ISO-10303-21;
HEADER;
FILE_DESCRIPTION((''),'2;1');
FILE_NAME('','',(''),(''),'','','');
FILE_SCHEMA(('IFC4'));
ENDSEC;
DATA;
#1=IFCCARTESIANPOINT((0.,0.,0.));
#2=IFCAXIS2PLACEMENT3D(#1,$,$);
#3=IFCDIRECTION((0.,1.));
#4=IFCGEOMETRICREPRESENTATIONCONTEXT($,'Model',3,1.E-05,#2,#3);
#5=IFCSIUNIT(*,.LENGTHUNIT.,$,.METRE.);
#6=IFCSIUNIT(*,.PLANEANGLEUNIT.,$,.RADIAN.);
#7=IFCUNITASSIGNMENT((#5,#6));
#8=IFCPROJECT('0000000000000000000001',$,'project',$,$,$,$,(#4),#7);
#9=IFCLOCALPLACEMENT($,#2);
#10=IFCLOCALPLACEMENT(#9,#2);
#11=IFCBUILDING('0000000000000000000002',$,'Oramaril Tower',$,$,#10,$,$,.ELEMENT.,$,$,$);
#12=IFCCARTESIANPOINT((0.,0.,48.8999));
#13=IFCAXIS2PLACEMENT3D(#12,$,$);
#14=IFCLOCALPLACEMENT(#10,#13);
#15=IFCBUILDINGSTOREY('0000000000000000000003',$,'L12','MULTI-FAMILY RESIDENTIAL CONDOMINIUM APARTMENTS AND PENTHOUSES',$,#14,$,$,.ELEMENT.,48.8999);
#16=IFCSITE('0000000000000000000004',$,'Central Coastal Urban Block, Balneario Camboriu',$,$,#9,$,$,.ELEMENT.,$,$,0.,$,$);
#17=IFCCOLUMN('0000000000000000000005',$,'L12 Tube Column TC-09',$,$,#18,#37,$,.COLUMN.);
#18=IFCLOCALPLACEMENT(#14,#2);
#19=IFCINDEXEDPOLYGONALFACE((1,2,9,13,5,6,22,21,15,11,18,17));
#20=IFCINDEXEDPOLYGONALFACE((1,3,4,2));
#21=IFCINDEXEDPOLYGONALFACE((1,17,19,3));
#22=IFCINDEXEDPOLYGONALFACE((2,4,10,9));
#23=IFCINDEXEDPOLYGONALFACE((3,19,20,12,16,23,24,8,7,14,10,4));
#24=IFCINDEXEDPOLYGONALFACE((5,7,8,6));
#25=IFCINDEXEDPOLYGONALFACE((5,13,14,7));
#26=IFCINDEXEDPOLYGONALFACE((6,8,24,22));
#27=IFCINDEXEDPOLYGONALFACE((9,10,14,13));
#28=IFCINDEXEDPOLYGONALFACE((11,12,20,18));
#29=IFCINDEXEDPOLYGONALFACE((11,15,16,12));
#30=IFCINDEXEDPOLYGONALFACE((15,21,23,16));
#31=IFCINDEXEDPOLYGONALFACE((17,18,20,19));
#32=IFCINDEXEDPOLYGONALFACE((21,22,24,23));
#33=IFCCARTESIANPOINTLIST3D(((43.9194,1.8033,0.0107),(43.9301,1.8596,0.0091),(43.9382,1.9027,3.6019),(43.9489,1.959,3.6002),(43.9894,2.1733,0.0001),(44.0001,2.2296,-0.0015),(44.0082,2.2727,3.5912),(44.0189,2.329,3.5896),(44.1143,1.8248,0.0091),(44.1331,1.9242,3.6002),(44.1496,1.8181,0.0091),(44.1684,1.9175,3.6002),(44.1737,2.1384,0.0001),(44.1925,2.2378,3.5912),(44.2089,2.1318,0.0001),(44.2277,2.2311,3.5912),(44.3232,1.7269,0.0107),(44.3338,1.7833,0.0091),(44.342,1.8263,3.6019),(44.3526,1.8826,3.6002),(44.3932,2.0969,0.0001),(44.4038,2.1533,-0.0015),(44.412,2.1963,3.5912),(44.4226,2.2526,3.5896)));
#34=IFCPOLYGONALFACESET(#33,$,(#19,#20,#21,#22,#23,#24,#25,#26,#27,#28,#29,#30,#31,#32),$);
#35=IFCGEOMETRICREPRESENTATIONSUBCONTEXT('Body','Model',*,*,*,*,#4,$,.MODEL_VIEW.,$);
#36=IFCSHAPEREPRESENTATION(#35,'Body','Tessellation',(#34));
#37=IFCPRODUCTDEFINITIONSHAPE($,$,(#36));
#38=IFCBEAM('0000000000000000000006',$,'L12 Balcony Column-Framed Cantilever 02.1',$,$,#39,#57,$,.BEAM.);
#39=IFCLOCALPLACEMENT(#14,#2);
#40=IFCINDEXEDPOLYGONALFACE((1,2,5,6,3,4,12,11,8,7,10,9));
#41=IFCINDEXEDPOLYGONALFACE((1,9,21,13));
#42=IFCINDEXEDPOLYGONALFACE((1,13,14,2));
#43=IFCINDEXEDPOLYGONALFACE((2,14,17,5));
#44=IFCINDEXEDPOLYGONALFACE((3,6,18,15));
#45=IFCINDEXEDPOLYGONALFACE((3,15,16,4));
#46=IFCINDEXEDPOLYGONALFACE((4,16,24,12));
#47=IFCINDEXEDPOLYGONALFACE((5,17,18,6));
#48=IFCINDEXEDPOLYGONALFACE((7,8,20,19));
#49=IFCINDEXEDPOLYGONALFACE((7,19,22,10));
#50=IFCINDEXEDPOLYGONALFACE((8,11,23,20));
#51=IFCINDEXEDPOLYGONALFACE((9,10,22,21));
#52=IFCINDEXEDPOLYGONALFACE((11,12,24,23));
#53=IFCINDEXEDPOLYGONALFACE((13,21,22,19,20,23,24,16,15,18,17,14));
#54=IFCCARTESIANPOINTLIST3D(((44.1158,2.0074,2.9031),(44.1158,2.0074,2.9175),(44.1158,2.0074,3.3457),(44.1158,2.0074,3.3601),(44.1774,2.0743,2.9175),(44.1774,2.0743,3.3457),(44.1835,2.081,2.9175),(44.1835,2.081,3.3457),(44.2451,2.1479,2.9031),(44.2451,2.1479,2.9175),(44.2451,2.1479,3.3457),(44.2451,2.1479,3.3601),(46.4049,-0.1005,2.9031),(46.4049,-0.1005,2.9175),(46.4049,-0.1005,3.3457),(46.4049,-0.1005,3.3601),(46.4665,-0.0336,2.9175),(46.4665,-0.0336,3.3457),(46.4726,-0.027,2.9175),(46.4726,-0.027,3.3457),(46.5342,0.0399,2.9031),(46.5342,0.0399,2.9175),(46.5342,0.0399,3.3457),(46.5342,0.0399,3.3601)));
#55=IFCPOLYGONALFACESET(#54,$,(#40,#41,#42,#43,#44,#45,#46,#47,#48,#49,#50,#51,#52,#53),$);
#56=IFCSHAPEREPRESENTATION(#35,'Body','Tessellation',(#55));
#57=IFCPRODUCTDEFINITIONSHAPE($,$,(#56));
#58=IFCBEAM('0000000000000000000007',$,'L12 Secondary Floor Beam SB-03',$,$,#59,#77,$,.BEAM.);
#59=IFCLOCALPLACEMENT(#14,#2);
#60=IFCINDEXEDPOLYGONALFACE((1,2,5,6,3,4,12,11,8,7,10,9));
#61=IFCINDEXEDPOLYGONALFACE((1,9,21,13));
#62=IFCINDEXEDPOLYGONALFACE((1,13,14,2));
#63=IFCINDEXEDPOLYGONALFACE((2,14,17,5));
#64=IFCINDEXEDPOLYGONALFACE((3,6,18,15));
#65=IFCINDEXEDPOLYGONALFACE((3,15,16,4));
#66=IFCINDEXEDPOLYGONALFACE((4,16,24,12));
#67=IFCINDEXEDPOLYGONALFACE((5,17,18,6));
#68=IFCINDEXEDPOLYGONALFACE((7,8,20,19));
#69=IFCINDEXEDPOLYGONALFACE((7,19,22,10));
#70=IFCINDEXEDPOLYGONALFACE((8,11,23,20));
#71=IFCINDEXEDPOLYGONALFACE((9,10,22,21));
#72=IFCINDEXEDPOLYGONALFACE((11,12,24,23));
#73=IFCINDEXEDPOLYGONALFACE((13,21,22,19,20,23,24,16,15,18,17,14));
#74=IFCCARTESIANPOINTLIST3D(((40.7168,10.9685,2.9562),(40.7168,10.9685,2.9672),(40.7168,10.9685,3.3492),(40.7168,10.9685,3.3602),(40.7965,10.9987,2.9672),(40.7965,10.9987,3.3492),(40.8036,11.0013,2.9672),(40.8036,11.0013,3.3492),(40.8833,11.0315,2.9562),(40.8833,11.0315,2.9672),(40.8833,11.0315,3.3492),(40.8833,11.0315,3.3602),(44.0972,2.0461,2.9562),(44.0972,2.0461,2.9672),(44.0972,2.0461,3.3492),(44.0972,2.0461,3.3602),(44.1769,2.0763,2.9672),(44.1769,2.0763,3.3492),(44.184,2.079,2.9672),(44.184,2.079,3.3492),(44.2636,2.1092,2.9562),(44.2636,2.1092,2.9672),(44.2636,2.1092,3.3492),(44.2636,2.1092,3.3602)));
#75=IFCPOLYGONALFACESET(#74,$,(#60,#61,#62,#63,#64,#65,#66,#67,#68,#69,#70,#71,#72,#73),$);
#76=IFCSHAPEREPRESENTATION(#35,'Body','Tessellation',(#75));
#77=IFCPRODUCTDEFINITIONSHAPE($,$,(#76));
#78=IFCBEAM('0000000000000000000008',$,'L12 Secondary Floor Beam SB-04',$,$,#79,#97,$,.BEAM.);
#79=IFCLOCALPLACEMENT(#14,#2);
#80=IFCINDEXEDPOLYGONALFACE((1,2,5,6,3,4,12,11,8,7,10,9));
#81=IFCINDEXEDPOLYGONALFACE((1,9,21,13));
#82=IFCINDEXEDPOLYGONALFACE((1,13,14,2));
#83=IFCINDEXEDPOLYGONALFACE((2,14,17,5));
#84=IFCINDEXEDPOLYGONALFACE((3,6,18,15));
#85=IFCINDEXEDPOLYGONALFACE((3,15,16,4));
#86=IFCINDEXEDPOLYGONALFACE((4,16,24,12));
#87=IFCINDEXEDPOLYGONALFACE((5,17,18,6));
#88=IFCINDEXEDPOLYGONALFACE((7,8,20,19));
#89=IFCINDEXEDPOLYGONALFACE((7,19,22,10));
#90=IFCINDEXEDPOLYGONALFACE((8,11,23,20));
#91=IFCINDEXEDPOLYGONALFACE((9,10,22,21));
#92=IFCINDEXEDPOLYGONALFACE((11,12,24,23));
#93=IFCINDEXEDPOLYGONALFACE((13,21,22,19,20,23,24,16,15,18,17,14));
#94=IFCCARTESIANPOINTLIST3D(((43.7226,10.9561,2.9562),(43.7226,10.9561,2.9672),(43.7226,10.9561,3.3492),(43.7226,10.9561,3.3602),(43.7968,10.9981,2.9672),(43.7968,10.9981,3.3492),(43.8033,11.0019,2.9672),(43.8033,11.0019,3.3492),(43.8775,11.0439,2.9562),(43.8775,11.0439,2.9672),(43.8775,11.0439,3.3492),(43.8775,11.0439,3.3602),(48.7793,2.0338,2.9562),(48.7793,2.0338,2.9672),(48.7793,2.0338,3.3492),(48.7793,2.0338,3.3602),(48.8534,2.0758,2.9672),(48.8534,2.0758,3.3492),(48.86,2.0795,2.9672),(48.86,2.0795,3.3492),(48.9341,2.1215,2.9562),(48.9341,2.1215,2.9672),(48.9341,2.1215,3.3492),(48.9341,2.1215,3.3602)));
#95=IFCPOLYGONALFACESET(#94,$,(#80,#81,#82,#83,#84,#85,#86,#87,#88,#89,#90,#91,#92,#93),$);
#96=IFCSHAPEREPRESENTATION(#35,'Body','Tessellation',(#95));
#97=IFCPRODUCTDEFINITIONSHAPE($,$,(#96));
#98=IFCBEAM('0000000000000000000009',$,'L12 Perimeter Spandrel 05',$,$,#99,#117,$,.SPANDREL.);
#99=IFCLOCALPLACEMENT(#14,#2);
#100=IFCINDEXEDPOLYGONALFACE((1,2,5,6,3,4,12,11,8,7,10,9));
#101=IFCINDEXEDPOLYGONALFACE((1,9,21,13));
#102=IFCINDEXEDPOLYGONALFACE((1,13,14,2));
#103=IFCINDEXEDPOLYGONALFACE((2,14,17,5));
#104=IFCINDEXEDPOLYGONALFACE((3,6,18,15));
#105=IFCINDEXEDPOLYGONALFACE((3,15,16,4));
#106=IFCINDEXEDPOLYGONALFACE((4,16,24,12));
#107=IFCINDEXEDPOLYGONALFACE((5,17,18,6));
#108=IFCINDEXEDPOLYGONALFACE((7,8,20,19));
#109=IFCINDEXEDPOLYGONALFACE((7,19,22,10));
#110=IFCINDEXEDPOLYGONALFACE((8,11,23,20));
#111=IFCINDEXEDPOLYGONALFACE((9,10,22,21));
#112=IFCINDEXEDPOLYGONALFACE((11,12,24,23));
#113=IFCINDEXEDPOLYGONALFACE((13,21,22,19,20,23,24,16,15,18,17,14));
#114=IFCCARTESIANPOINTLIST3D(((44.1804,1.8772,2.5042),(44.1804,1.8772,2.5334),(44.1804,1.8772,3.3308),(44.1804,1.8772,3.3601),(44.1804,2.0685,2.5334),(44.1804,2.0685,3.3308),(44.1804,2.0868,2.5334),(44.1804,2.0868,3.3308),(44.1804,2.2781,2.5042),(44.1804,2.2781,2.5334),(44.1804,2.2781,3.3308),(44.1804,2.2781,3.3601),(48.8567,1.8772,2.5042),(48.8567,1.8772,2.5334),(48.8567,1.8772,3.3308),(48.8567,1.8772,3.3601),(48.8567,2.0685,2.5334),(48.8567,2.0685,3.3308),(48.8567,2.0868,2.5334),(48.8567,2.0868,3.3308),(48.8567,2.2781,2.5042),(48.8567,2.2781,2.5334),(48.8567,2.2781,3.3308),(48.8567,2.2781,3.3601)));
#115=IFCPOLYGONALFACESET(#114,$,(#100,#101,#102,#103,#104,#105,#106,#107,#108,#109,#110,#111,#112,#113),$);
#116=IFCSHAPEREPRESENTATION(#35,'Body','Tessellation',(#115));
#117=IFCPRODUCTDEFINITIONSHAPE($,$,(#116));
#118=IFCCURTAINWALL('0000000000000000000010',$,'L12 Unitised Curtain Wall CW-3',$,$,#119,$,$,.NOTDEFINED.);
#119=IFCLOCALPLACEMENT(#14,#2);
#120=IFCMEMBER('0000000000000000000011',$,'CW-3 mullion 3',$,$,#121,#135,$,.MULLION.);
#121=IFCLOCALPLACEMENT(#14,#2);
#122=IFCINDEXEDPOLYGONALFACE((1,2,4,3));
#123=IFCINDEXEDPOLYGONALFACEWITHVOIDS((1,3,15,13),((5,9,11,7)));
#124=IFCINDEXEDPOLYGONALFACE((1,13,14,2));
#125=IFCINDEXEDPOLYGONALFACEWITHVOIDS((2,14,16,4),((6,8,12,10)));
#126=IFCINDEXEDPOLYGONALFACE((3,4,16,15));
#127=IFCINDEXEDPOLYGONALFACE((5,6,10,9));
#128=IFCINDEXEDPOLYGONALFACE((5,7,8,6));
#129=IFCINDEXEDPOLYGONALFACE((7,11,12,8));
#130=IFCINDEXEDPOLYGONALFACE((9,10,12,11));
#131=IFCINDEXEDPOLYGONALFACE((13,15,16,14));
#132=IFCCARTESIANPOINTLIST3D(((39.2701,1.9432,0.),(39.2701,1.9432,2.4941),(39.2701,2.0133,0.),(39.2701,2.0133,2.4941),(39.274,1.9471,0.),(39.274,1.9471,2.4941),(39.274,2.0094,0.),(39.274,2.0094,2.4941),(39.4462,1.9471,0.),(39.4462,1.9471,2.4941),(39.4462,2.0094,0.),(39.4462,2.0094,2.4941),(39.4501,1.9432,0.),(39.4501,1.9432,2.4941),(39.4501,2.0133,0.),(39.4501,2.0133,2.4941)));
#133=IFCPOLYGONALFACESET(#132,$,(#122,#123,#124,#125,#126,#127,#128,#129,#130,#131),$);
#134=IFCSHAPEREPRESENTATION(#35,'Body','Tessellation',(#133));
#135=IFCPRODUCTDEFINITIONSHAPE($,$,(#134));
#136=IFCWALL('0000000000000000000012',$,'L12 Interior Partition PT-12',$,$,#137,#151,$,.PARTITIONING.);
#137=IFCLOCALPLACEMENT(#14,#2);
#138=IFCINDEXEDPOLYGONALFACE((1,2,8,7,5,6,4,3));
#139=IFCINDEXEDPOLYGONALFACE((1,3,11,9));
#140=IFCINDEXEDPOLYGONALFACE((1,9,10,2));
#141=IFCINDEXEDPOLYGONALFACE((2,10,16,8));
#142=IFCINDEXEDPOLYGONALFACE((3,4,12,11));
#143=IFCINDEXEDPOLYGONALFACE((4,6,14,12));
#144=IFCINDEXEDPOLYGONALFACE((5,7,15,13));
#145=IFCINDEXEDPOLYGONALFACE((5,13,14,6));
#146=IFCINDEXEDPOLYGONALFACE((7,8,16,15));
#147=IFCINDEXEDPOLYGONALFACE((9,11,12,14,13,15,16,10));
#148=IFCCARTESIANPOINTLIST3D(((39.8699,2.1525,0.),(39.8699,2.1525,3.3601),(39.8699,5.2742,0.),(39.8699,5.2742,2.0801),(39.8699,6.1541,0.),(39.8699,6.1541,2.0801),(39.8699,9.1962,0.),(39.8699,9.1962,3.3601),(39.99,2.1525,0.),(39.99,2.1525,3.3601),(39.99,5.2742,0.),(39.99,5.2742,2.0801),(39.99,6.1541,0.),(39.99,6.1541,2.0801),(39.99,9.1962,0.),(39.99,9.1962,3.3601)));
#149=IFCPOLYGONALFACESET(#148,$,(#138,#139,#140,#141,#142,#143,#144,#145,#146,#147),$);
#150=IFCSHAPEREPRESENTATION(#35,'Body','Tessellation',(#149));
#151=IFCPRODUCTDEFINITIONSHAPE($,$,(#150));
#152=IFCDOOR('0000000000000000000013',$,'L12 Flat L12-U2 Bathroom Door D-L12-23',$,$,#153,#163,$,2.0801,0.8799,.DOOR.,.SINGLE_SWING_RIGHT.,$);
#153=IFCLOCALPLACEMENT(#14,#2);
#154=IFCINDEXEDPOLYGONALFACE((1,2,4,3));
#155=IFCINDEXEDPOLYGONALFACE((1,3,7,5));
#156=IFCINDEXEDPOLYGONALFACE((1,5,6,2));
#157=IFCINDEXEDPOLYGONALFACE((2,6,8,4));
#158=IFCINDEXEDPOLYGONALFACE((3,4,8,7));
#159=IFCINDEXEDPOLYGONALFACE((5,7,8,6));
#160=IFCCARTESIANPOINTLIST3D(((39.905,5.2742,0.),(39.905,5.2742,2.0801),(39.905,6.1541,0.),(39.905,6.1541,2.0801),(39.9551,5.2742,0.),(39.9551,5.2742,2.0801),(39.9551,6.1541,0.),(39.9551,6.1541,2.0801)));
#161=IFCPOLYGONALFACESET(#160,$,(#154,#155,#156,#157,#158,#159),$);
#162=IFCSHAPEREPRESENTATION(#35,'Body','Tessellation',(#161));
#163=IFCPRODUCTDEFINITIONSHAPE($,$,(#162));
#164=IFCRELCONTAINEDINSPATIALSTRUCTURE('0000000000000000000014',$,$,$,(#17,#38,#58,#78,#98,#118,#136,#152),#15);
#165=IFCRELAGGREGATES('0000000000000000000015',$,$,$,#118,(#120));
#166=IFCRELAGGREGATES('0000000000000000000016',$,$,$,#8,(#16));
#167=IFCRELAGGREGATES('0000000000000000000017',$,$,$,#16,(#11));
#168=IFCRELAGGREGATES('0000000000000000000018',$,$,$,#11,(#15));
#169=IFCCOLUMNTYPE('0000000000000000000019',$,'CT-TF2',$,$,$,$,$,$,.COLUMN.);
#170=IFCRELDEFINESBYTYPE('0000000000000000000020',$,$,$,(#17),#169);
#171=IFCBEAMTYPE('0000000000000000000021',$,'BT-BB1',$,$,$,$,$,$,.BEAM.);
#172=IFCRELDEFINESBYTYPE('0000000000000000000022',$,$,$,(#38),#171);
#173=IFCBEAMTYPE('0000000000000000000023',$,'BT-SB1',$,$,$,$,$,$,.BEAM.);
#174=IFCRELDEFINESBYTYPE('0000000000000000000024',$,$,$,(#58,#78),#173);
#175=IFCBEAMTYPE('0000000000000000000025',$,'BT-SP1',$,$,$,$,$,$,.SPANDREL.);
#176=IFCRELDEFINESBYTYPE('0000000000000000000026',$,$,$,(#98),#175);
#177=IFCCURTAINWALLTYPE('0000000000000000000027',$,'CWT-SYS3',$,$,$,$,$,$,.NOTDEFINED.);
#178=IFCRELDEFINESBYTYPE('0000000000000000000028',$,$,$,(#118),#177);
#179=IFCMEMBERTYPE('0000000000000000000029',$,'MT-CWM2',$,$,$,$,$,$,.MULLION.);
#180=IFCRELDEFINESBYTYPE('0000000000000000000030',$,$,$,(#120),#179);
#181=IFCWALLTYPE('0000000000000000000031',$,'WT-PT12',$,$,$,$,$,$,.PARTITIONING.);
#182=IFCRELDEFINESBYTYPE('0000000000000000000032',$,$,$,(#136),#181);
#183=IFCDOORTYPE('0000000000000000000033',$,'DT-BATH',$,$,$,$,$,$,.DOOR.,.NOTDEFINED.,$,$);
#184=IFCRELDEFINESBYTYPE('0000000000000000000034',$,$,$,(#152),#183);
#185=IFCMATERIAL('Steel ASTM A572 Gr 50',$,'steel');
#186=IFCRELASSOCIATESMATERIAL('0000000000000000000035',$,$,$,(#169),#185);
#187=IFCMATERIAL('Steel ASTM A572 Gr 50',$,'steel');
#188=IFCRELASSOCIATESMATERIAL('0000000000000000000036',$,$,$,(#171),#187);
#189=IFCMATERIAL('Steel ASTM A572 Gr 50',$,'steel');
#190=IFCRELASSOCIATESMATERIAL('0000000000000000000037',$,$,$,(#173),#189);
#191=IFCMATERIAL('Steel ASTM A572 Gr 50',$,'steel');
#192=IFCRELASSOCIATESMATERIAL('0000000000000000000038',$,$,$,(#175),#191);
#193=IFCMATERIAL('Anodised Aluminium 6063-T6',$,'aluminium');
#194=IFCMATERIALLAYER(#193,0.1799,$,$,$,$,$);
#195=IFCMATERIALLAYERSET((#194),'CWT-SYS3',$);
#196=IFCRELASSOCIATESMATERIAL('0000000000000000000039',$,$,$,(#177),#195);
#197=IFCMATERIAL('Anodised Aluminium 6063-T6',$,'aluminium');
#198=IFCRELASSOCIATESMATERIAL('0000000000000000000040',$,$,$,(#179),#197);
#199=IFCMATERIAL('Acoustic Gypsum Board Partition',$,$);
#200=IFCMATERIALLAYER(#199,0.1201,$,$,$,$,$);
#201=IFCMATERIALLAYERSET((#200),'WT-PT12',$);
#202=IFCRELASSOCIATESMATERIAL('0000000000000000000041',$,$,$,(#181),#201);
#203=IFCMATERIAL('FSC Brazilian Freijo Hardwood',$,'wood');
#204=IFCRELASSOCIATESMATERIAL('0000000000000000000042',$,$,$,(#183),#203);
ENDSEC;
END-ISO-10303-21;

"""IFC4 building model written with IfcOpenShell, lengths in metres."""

from ifc_helpers import new_model, si_unit, direction, frame, frame_2d, origin, origin_2d, place, context, subcontext, project, spatial, rectangle, hollow_rectangle, i_section, extrude, material, layer, layer_set, material_profile, profile_set, type_object, element, fill, aggregate, save


model = new_model("IFC4")

# Units and contexts
model_context = context("Model", 3, precision=1e-05, world=origin(), true_north=direction((0.0, 1.0)))
body_context = subcontext(model_context, "Body", "Model", "MODEL_VIEW")
ifc_project = project(units=[si_unit("LENGTHUNIT", "METRE"), si_unit("PLANEANGLEUNIT", "RADIAN")], contexts=[model_context])

# Site, building, storey
site_placement = place(None, origin())
site = spatial("IfcSite", under=ifc_project, at=site_placement, Name="Central Coastal Urban Block, Balneario Camboriu", CompositionType="ELEMENT", RefElevation=0.0)
building_placement = place(site_placement, origin())
building = spatial("IfcBuilding", under=site, at=building_placement, Name="Oramaril Tower", CompositionType="ELEMENT")
storey_placement = place(building_placement, frame((0.0, 0.0, 48.8999)))
storey = spatial("IfcBuildingStorey", under=building, at=storey_placement, Name="L12", Description="MULTI-FAMILY RESIDENTIAL CONDOMINIUM APARTMENTS AND PENTHOUSES", CompositionType="ELEMENT", Elevation=48.8999)

# Column
ifc_material_1 = material(Name="Steel ASTM A572 Gr 50", Category="steel")
ifc_material_profile_1 = material_profile(ifc_material_1, i_section(OverallWidth=0.4109, OverallDepth=0.4341, WebThickness=0.0359, FlangeThickness=0.0574, at=origin_2d()), Name="W14X311")
ifc_profile_set_1 = profile_set([ifc_material_profile_1], Name="Steel ASTM A572 Gr 50")
column_type = type_object("IfcColumnType", Name="CT-TF2", PredefinedType="COLUMN", material=ifc_profile_set_1)
column_placement = place(storey_placement, frame((44.1616, 1.9783, 0.0046), z_axis=(0.005233, 0.027659, 0.999604), x_axis=(-0.98257, 0.185892, 0.0)))
element("IfcColumn", 1, at=column_placement, inside=storey, type_object=column_type, Name="L12 Tube Column TC-09", PredefinedType="COLUMN", context=body_context, shape_type="SweptSolid", body=[
    extrude(i_section(OverallWidth=0.4109, OverallDepth=0.4341, WebThickness=0.0359, FlangeThickness=0.0574, at=origin_2d()), origin(), (0.0, 0.0, 1.0), 3.5925),
])

# Beams
ifc_material_2 = material(Name="Steel ASTM A572 Gr 50", Category="steel")
ifc_material_profile_2 = material_profile(ifc_material_2, i_section(OverallWidth=0.1909, OverallDepth=0.457, WebThickness=0.009, FlangeThickness=0.0144, at=origin_2d()), Name="W18X50")
ifc_profile_set_2 = profile_set([ifc_material_profile_2], Name="Steel ASTM A572 Gr 50")
beam_type_1 = type_object("IfcBeamType", Name="BT-BB1", PredefinedType="BEAM", material=ifc_profile_set_2)
beam_1_placement = place(storey_placement, frame((44.1804, 2.0776, 3.1316), z_axis=(0.735615, -0.6774, 0.0), x_axis=(0.6774, 0.735615, 0.0)))
element("IfcBeam", 2, at=beam_1_placement, inside=storey, type_object=beam_type_1, Name="L12 Balcony Column-Framed Cantilever 02.1", PredefinedType="BEAM", context=body_context, shape_type="SweptSolid", body=[
    extrude(i_section(OverallWidth=0.1909, OverallDepth=0.457, WebThickness=0.009, FlangeThickness=0.0144, at=origin_2d()), origin(), (0.0, 0.0, 1.0), 3.1118),
])
ifc_material_3 = material(Name="Steel ASTM A572 Gr 50", Category="steel")
ifc_material_profile_3 = material_profile(ifc_material_3, i_section(OverallWidth=0.178, OverallDepth=0.4041, WebThickness=0.0076, FlangeThickness=0.011, at=origin_2d()), Name="W16X36")
ifc_profile_set_3 = profile_set([ifc_material_profile_3], Name="Steel ASTM A572 Gr 50")
beam_type_2 = type_object("IfcBeamType", Name="BT-SB1", PredefinedType="BEAM", material=ifc_profile_set_3)
beam_2_placement = place(storey_placement, frame((40.8, 11.0, 3.1582), z_axis=(0.35429, -0.935136, 0.0), x_axis=(0.935136, 0.35429, 0.0)))
element("IfcBeam", 3, at=beam_2_placement, inside=storey, type_object=beam_type_2, Name="L12 Secondary Floor Beam SB-03", PredefinedType="BEAM", context=body_context, shape_type="SweptSolid", body=[
    extrude(i_section(OverallWidth=0.178, OverallDepth=0.4041, WebThickness=0.0076, FlangeThickness=0.011, at=origin_2d()), origin(), (0.0, 0.0, 1.0), 9.5413),
])
beam_3_placement = place(storey_placement, frame((43.8, 11.0, 3.1582), z_axis=(0.493059, -0.869996, 0.0), x_axis=(0.869996, 0.493059, 0.0)))
element("IfcBeam", 4, at=beam_3_placement, inside=storey, type_object=beam_type_2, Name="L12 Secondary Floor Beam SB-04", PredefinedType="BEAM", context=body_context, shape_type="SweptSolid", body=[
    extrude(i_section(OverallWidth=0.178, OverallDepth=0.4041, WebThickness=0.0076, FlangeThickness=0.011, at=origin_2d()), origin(), (0.0, 0.0, 1.0), 10.2556),
])
ifc_material_4 = material(Name="Steel ASTM A572 Gr 50", Category="steel")
ifc_material_profile_4 = material_profile(ifc_material_4, i_section(OverallWidth=0.4009, OverallDepth=0.856, WebThickness=0.0183, FlangeThickness=0.0293, at=origin_2d()), Name="W33X201")
ifc_profile_set_4 = profile_set([ifc_material_profile_4], Name="Steel ASTM A572 Gr 50")
beam_type_3 = type_object("IfcBeamType", Name="BT-SP1", PredefinedType="SPANDREL", material=ifc_profile_set_4)
beam_4_placement = place(storey_placement, frame((44.1804, 2.0776, 2.9321), z_axis=(1.0, 0.0, 0.0), x_axis=(0.0, 1.0, 0.0)))
element("IfcBeam", 5, at=beam_4_placement, inside=storey, type_object=beam_type_3, Name="L12 Perimeter Spandrel 05", PredefinedType="SPANDREL", context=body_context, shape_type="SweptSolid", body=[
    extrude(i_section(OverallWidth=0.4009, OverallDepth=0.856, WebThickness=0.0183, FlangeThickness=0.0293, at=origin_2d()), origin(), (0.0, 0.0, 1.0), 4.6763),
])

# Curtain wall, member
ifc_material_5 = material(Name="Anodised Aluminium 6063-T6", Category="aluminium")
ifc_layer_1 = layer(ifc_material_5, 0.1799)
ifc_layer_set_1 = layer_set([ifc_layer_1], Name="CWT-SYS3")
curtain_wall_type = type_object("IfcCurtainWallType", Name="CWT-SYS3", PredefinedType="NOTDEFINED", material=ifc_layer_set_1)
curtain_wall_placement = place(storey_placement, origin())
curtain_wall = element("IfcCurtainWall", 6, at=curtain_wall_placement, inside=storey, type_object=curtain_wall_type, Name="L12 Unitised Curtain Wall CW-3", PredefinedType="NOTDEFINED")
ifc_material_6 = material(Name="Anodised Aluminium 6063-T6", Category="aluminium")
ifc_material_profile_5 = material_profile(ifc_material_6, hollow_rectangle(XDim=0.0701, YDim=0.1799, WallThickness=0.0039, at=origin_2d()), Name="CWM180X70")
ifc_profile_set_5 = profile_set([ifc_material_profile_5], Name="Anodised Aluminium 6063-T6")
member_type = type_object("IfcMemberType", Name="MT-CWM2", PredefinedType="MULLION", material=ifc_profile_set_5)
member_placement = place(storey_placement, frame((39.3601, 1.9783, 0.0), z_axis=(0.0, 0.0, 1.0), x_axis=(0.0, 1.0, 0.0)))
member = element("IfcMember", 7, at=member_placement, type_object=member_type, Name="CW-3 mullion 3", PredefinedType="MULLION", context=body_context, shape_type="SweptSolid", body=[
    extrude(hollow_rectangle(XDim=0.0701, YDim=0.1799, WallThickness=0.0039, at=origin_2d()), origin(), (0.0, 0.0, 1.0), 2.4941),
])
aggregate(curtain_wall, [member])

# Wall, opening, door
ifc_material_7 = material(Name="Acoustic Gypsum Board Partition")
ifc_layer_2 = layer(ifc_material_7, 0.1201)
ifc_layer_set_2 = layer_set([ifc_layer_2], Name="WT-PT12")
wall_type_1 = type_object("IfcWallType", Name="WT-PT12", PredefinedType="PARTITIONING", material=ifc_layer_set_2)
wall_1_placement = place(storey_placement, frame((39.9299, 2.1523, 0.0), z_axis=(0.0, 0.0, 1.0), x_axis=(0.0, 1.0, 0.0)))
wall_1 = element("IfcWall", 8, at=wall_1_placement, inside=storey, type_object=wall_type_1, Name="L12 Interior Partition PT-12", PredefinedType="PARTITIONING", context=body_context, shape_type="SweptSolid", body=[
    extrude(rectangle(XDim=7.0437, YDim=0.1201, at=frame_2d((3.522, 0.0))), origin(), (0.0, 0.0, 1.0), 3.3601),
])
opening_1_placement = place(wall_1_placement, frame((3.1218, 0.0, 0.0)))
opening_1 = element("IfcOpeningElement", 9, at=opening_1_placement, cuts=wall_1, PredefinedType="OPENING", context=body_context, shape_type="SweptSolid", body=[
    extrude(rectangle(XDim=0.8799, YDim=2.0801, at=frame_2d((0.4399, 1.04))), frame((0.0, 0.0601, 0.0), z_axis=(0.0, -1.0, 0.0), x_axis=(1.0, 0.0, 0.0)), (0.0, 0.0, 1.0), 0.1201),
])
ifc_material_8 = material(Name="FSC Brazilian Freijo Hardwood", Category="wood")
door_type_1 = type_object("IfcDoorType", Name="DT-BATH", OperationType="NOTDEFINED", PredefinedType="DOOR", material=ifc_material_8)
door_1_placement = place(opening_1_placement, origin())
door_1 = element("IfcDoor", 10, at=door_1_placement, inside=storey, type_object=door_type_1, Name="L12 Flat L12-U2 Bathroom Door D-L12-23", OperationType="SINGLE_SWING_RIGHT", OverallHeight=2.0801, OverallWidth=0.8799, PredefinedType="DOOR", context=body_context, shape_type="SweptSolid", body=[
    extrude(rectangle(XDim=0.8799, YDim=2.0801, at=frame_2d((0.4399, 1.04))), frame((0.0, 0.0249, 0.0), z_axis=(0.0, -1.0, 0.0), x_axis=(1.0, 0.0, 0.0)), (0.0, 0.0, 1.0), 0.05),
])
fill(opening_1, door_1)

save(model, "model.ifc")
